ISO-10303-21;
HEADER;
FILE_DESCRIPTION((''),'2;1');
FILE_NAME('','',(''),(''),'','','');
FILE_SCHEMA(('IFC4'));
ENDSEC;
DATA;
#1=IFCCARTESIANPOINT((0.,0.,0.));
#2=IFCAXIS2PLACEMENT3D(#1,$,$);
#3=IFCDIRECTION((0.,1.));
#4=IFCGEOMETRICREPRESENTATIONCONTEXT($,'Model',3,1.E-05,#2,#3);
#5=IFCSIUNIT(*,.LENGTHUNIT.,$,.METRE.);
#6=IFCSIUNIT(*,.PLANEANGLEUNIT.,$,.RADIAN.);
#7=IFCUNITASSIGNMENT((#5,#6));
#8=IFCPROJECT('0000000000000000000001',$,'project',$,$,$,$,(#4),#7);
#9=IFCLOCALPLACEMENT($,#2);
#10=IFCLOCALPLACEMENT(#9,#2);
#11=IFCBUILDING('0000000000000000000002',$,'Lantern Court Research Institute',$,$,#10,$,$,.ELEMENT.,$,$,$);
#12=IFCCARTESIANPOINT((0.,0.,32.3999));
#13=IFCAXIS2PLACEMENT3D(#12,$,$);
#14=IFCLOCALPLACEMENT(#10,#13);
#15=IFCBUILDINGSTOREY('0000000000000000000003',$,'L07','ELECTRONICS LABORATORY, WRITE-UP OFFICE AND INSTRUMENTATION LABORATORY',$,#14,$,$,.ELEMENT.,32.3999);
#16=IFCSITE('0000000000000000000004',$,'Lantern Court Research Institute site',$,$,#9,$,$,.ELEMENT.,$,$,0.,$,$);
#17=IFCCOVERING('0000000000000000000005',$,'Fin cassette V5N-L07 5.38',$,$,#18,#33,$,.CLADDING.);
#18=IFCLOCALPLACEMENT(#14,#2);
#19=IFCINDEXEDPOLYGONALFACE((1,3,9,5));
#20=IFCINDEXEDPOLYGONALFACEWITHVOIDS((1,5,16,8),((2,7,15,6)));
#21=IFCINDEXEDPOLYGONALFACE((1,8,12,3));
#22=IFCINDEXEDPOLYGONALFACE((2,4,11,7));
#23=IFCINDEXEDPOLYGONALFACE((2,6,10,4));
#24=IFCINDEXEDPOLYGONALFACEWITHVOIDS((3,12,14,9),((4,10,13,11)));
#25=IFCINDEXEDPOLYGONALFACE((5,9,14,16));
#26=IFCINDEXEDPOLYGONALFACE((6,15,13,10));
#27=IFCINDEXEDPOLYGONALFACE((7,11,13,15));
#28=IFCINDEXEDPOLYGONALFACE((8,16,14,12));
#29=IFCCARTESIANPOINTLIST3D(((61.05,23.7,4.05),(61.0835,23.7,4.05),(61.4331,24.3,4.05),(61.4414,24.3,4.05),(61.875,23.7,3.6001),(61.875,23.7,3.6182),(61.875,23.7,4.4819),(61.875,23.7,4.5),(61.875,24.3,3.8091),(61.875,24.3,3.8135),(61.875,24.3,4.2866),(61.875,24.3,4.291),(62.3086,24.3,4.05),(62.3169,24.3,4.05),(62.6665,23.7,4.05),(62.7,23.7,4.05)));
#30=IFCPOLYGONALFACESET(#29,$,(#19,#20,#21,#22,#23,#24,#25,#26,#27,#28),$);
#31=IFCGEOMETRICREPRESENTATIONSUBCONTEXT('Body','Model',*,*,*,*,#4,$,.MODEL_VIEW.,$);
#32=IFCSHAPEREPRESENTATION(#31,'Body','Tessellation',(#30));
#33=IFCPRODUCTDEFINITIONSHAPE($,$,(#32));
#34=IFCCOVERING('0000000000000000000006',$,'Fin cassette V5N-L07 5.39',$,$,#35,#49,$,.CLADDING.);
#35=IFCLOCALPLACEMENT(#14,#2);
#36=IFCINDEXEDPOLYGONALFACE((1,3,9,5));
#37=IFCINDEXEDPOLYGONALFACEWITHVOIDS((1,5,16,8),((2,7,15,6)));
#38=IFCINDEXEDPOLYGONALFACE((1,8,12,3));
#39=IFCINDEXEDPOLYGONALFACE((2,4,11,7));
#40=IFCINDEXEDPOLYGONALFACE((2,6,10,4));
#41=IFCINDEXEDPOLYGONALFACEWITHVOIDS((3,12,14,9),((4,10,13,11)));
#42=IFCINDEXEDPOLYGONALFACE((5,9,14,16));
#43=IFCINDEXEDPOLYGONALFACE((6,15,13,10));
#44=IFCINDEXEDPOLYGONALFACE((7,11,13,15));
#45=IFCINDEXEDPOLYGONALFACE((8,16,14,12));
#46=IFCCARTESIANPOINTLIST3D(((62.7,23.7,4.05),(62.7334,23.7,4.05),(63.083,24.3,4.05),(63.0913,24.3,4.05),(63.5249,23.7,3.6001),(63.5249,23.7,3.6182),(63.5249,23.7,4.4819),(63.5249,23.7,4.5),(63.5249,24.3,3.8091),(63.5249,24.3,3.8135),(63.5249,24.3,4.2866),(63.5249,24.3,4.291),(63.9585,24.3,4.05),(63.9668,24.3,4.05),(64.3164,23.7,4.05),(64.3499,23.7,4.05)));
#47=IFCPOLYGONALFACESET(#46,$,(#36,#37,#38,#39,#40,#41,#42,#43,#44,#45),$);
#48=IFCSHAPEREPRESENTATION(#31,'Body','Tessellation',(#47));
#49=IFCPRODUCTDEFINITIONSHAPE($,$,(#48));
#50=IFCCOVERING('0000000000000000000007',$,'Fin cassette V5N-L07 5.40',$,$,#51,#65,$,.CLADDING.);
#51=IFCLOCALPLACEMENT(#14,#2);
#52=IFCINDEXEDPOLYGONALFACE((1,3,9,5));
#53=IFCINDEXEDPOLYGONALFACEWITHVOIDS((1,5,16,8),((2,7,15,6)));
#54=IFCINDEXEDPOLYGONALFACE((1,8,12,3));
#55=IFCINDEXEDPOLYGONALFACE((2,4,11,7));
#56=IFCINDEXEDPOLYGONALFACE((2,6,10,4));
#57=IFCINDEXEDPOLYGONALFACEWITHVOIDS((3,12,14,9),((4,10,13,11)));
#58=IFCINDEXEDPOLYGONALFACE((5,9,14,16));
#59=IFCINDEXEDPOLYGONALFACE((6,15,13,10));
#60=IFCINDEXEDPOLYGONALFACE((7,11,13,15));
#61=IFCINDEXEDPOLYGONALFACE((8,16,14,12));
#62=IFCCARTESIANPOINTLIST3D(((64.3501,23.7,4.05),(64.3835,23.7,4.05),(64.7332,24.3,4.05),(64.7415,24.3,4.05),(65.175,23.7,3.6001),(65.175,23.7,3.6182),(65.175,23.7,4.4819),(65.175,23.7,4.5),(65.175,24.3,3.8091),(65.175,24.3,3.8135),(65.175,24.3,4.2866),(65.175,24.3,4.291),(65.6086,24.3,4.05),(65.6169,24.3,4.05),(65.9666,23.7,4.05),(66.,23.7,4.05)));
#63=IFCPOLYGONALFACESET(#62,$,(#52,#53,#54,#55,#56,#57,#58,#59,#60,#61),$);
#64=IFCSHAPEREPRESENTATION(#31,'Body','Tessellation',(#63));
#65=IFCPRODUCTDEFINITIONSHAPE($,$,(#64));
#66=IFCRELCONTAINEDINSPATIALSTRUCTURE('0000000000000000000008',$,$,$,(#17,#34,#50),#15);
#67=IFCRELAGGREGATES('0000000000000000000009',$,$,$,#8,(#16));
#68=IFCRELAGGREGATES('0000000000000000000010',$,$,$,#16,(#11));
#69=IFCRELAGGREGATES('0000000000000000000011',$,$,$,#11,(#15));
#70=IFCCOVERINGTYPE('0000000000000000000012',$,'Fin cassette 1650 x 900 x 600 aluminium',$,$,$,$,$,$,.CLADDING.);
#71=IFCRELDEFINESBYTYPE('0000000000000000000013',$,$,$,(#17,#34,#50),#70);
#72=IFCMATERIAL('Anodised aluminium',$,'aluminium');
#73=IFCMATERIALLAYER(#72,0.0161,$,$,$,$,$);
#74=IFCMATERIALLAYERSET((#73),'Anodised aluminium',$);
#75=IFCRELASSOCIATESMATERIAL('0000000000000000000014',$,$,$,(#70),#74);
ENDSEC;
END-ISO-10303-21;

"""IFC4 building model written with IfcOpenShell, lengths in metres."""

from ifc_helpers import new_model, entity, si_unit, direction, frame, origin, place, context, subcontext, project, spatial, material, layer, layer_set, type_object, element, save


model = new_model("IFC4")

# Units and contexts
model_context = context("Model", 3, precision=1e-05, world=origin(), true_north=direction((0.0, 1.0)))
body_context = subcontext(model_context, "Body", "Model", "MODEL_VIEW")
ifc_project = project(units=[si_unit("LENGTHUNIT", "METRE"), si_unit("PLANEANGLEUNIT", "RADIAN")], contexts=[model_context])

# Site, building, storey
site_placement = place(None, origin())
site = spatial("IfcSite", under=ifc_project, at=site_placement, Name="Lantern Court Research Institute site", CompositionType="ELEMENT", RefElevation=0.0)
building_placement = place(site_placement, origin())
building = spatial("IfcBuilding", under=site, at=building_placement, Name="Lantern Court Research Institute", CompositionType="ELEMENT")
storey_placement = place(building_placement, frame((0.0, 0.0, 32.3999)))
storey = spatial("IfcBuildingStorey", under=building, at=storey_placement, Name="L07", Description="ELECTRONICS LABORATORY, WRITE-UP OFFICE AND INSTRUMENTATION LABORATORY", CompositionType="ELEMENT", Elevation=32.3999)

# Coverings
ifc_material_1 = material(Name="Anodised aluminium", Category="aluminium")
ifc_layer_1 = layer(ifc_material_1, 0.0161)
ifc_layer_set_1 = layer_set([ifc_layer_1], Name="Anodised aluminium")
covering_type = type_object("IfcCoveringType", Name="Fin cassette 1650 x 900 x 600 aluminium", PredefinedType="CLADDING", material=ifc_layer_set_1)
covering_1_placement = place(storey_placement, frame((61.875, 23.7, 4.05), z_axis=(0.0, 1.0, 0.0), x_axis=(-1.0, 0.0, 0.0)))
cartesian_point_1 = entity("IfcCartesianPoint", [0.825, 0.0])
cartesian_point_2 = entity("IfcCartesianPoint", [0.7915, 0.0])
cartesian_point_3 = entity("IfcCartesianPoint", [0.4419, 0.0])
cartesian_point_4 = entity("IfcCartesianPoint", [0.4336, 0.0])
element("IfcCovering", 1, at=covering_1_placement, inside=storey, type_object=covering_type, Name="Fin cassette V5N-L07 5.38", PredefinedType="CLADDING", context=body_context, shape_type="SweptSolid", body=[
    entity("IfcExtrudedAreaSolidTapered", entity("IfcArbitraryProfileDefWithVoids", "AREA", None, entity("IfcPolyline", [cartesian_point_1, entity("IfcCartesianPoint", [0.0, 0.45]), entity("IfcCartesianPoint", [-0.825, 0.0]), entity("IfcCartesianPoint", [0.0, -0.45]), cartesian_point_1]), [entity("IfcPolyline", [cartesian_point_2, entity("IfcCartesianPoint", [0.0, 0.4319]), entity("IfcCartesianPoint", [-0.7915, 0.0]), entity("IfcCartesianPoint", [0.0, -0.4319]), cartesian_point_2])]), entity("IfcAxis2Placement3D", entity("IfcCartesianPoint", [0.0, 0.0, 0.0])), entity("IfcDirection", [0.0, 0.0, 1.0]), 0.6001, entity("IfcArbitraryProfileDefWithVoids", "AREA", None, entity("IfcPolyline", [cartesian_point_3, entity("IfcCartesianPoint", [0.0, 0.241]), entity("IfcCartesianPoint", [-0.4419, 0.0]), entity("IfcCartesianPoint", [0.0, -0.241]), cartesian_point_3]), [entity("IfcPolyline", [cartesian_point_4, entity("IfcCartesianPoint", [0.0, 0.2366]), entity("IfcCartesianPoint", [-0.4336, 0.0]), entity("IfcCartesianPoint", [0.0, -0.2366]), cartesian_point_4])])),
])
covering_2_placement = place(storey_placement, frame((63.5249, 23.7, 4.05), z_axis=(0.0, 1.0, 0.0), x_axis=(-1.0, 0.0, 0.0)))
cartesian_point_5 = entity("IfcCartesianPoint", [0.825, 0.0])
cartesian_point_6 = entity("IfcCartesianPoint", [0.7915, 0.0])
cartesian_point_7 = entity("IfcCartesianPoint", [0.4419, 0.0])
cartesian_point_8 = entity("IfcCartesianPoint", [0.4336, 0.0])
element("IfcCovering", 2, at=covering_2_placement, inside=storey, type_object=covering_type, Name="Fin cassette V5N-L07 5.39", PredefinedType="CLADDING", context=body_context, shape_type="SweptSolid", body=[
    entity("IfcExtrudedAreaSolidTapered", entity("IfcArbitraryProfileDefWithVoids", "AREA", None, entity("IfcPolyline", [cartesian_point_5, entity("IfcCartesianPoint", [0.0, 0.45]), entity("IfcCartesianPoint", [-0.825, 0.0]), entity("IfcCartesianPoint", [0.0, -0.45]), cartesian_point_5]), [entity("IfcPolyline", [cartesian_point_6, entity("IfcCartesianPoint", [0.0, 0.4319]), entity("IfcCartesianPoint", [-0.7915, 0.0]), entity("IfcCartesianPoint", [0.0, -0.4319]), cartesian_point_6])]), entity("IfcAxis2Placement3D", entity("IfcCartesianPoint", [0.0, 0.0, 0.0])), entity("IfcDirection", [0.0, 0.0, 1.0]), 0.6001, entity("IfcArbitraryProfileDefWithVoids", "AREA", None, entity("IfcPolyline", [cartesian_point_7, entity("IfcCartesianPoint", [0.0, 0.241]), entity("IfcCartesianPoint", [-0.4419, 0.0]), entity("IfcCartesianPoint", [0.0, -0.241]), cartesian_point_7]), [entity("IfcPolyline", [cartesian_point_8, entity("IfcCartesianPoint", [0.0, 0.2366]), entity("IfcCartesianPoint", [-0.4336, 0.0]), entity("IfcCartesianPoint", [0.0, -0.2366]), cartesian_point_8])])),
])
covering_3_placement = place(storey_placement, frame((65.175, 23.7, 4.05), z_axis=(0.0, 1.0, 0.0), x_axis=(-1.0, 0.0, 0.0)))
cartesian_point_9 = entity("IfcCartesianPoint", [0.825, 0.0])
cartesian_point_10 = entity("IfcCartesianPoint", [0.7915, 0.0])
cartesian_point_11 = entity("IfcCartesianPoint", [0.4419, 0.0])
cartesian_point_12 = entity("IfcCartesianPoint", [0.4336, 0.0])
element("IfcCovering", 3, at=covering_3_placement, inside=storey, type_object=covering_type, Name="Fin cassette V5N-L07 5.40", PredefinedType="CLADDING", context=body_context, shape_type="SweptSolid", body=[
    entity("IfcExtrudedAreaSolidTapered", entity("IfcArbitraryProfileDefWithVoids", "AREA", None, entity("IfcPolyline", [cartesian_point_9, entity("IfcCartesianPoint", [0.0, 0.45]), entity("IfcCartesianPoint", [-0.825, 0.0]), entity("IfcCartesianPoint", [0.0, -0.45]), cartesian_point_9]), [entity("IfcPolyline", [cartesian_point_10, entity("IfcCartesianPoint", [0.0, 0.4319]), entity("IfcCartesianPoint", [-0.7915, 0.0]), entity("IfcCartesianPoint", [0.0, -0.4319]), cartesian_point_10])]), entity("IfcAxis2Placement3D", entity("IfcCartesianPoint", [0.0, 0.0, 0.0])), entity("IfcDirection", [0.0, 0.0, 1.0]), 0.6001, entity("IfcArbitraryProfileDefWithVoids", "AREA", None, entity("IfcPolyline", [cartesian_point_11, entity("IfcCartesianPoint", [0.0, 0.241]), entity("IfcCartesianPoint", [-0.4419, 0.0]), entity("IfcCartesianPoint", [0.0, -0.241]), cartesian_point_11]), [entity("IfcPolyline", [cartesian_point_12, entity("IfcCartesianPoint", [0.0, 0.2366]), entity("IfcCartesianPoint", [-0.4336, 0.0]), entity("IfcCartesianPoint", [0.0, -0.2366]), cartesian_point_12])])),
])

save(model, "model.ifc")
